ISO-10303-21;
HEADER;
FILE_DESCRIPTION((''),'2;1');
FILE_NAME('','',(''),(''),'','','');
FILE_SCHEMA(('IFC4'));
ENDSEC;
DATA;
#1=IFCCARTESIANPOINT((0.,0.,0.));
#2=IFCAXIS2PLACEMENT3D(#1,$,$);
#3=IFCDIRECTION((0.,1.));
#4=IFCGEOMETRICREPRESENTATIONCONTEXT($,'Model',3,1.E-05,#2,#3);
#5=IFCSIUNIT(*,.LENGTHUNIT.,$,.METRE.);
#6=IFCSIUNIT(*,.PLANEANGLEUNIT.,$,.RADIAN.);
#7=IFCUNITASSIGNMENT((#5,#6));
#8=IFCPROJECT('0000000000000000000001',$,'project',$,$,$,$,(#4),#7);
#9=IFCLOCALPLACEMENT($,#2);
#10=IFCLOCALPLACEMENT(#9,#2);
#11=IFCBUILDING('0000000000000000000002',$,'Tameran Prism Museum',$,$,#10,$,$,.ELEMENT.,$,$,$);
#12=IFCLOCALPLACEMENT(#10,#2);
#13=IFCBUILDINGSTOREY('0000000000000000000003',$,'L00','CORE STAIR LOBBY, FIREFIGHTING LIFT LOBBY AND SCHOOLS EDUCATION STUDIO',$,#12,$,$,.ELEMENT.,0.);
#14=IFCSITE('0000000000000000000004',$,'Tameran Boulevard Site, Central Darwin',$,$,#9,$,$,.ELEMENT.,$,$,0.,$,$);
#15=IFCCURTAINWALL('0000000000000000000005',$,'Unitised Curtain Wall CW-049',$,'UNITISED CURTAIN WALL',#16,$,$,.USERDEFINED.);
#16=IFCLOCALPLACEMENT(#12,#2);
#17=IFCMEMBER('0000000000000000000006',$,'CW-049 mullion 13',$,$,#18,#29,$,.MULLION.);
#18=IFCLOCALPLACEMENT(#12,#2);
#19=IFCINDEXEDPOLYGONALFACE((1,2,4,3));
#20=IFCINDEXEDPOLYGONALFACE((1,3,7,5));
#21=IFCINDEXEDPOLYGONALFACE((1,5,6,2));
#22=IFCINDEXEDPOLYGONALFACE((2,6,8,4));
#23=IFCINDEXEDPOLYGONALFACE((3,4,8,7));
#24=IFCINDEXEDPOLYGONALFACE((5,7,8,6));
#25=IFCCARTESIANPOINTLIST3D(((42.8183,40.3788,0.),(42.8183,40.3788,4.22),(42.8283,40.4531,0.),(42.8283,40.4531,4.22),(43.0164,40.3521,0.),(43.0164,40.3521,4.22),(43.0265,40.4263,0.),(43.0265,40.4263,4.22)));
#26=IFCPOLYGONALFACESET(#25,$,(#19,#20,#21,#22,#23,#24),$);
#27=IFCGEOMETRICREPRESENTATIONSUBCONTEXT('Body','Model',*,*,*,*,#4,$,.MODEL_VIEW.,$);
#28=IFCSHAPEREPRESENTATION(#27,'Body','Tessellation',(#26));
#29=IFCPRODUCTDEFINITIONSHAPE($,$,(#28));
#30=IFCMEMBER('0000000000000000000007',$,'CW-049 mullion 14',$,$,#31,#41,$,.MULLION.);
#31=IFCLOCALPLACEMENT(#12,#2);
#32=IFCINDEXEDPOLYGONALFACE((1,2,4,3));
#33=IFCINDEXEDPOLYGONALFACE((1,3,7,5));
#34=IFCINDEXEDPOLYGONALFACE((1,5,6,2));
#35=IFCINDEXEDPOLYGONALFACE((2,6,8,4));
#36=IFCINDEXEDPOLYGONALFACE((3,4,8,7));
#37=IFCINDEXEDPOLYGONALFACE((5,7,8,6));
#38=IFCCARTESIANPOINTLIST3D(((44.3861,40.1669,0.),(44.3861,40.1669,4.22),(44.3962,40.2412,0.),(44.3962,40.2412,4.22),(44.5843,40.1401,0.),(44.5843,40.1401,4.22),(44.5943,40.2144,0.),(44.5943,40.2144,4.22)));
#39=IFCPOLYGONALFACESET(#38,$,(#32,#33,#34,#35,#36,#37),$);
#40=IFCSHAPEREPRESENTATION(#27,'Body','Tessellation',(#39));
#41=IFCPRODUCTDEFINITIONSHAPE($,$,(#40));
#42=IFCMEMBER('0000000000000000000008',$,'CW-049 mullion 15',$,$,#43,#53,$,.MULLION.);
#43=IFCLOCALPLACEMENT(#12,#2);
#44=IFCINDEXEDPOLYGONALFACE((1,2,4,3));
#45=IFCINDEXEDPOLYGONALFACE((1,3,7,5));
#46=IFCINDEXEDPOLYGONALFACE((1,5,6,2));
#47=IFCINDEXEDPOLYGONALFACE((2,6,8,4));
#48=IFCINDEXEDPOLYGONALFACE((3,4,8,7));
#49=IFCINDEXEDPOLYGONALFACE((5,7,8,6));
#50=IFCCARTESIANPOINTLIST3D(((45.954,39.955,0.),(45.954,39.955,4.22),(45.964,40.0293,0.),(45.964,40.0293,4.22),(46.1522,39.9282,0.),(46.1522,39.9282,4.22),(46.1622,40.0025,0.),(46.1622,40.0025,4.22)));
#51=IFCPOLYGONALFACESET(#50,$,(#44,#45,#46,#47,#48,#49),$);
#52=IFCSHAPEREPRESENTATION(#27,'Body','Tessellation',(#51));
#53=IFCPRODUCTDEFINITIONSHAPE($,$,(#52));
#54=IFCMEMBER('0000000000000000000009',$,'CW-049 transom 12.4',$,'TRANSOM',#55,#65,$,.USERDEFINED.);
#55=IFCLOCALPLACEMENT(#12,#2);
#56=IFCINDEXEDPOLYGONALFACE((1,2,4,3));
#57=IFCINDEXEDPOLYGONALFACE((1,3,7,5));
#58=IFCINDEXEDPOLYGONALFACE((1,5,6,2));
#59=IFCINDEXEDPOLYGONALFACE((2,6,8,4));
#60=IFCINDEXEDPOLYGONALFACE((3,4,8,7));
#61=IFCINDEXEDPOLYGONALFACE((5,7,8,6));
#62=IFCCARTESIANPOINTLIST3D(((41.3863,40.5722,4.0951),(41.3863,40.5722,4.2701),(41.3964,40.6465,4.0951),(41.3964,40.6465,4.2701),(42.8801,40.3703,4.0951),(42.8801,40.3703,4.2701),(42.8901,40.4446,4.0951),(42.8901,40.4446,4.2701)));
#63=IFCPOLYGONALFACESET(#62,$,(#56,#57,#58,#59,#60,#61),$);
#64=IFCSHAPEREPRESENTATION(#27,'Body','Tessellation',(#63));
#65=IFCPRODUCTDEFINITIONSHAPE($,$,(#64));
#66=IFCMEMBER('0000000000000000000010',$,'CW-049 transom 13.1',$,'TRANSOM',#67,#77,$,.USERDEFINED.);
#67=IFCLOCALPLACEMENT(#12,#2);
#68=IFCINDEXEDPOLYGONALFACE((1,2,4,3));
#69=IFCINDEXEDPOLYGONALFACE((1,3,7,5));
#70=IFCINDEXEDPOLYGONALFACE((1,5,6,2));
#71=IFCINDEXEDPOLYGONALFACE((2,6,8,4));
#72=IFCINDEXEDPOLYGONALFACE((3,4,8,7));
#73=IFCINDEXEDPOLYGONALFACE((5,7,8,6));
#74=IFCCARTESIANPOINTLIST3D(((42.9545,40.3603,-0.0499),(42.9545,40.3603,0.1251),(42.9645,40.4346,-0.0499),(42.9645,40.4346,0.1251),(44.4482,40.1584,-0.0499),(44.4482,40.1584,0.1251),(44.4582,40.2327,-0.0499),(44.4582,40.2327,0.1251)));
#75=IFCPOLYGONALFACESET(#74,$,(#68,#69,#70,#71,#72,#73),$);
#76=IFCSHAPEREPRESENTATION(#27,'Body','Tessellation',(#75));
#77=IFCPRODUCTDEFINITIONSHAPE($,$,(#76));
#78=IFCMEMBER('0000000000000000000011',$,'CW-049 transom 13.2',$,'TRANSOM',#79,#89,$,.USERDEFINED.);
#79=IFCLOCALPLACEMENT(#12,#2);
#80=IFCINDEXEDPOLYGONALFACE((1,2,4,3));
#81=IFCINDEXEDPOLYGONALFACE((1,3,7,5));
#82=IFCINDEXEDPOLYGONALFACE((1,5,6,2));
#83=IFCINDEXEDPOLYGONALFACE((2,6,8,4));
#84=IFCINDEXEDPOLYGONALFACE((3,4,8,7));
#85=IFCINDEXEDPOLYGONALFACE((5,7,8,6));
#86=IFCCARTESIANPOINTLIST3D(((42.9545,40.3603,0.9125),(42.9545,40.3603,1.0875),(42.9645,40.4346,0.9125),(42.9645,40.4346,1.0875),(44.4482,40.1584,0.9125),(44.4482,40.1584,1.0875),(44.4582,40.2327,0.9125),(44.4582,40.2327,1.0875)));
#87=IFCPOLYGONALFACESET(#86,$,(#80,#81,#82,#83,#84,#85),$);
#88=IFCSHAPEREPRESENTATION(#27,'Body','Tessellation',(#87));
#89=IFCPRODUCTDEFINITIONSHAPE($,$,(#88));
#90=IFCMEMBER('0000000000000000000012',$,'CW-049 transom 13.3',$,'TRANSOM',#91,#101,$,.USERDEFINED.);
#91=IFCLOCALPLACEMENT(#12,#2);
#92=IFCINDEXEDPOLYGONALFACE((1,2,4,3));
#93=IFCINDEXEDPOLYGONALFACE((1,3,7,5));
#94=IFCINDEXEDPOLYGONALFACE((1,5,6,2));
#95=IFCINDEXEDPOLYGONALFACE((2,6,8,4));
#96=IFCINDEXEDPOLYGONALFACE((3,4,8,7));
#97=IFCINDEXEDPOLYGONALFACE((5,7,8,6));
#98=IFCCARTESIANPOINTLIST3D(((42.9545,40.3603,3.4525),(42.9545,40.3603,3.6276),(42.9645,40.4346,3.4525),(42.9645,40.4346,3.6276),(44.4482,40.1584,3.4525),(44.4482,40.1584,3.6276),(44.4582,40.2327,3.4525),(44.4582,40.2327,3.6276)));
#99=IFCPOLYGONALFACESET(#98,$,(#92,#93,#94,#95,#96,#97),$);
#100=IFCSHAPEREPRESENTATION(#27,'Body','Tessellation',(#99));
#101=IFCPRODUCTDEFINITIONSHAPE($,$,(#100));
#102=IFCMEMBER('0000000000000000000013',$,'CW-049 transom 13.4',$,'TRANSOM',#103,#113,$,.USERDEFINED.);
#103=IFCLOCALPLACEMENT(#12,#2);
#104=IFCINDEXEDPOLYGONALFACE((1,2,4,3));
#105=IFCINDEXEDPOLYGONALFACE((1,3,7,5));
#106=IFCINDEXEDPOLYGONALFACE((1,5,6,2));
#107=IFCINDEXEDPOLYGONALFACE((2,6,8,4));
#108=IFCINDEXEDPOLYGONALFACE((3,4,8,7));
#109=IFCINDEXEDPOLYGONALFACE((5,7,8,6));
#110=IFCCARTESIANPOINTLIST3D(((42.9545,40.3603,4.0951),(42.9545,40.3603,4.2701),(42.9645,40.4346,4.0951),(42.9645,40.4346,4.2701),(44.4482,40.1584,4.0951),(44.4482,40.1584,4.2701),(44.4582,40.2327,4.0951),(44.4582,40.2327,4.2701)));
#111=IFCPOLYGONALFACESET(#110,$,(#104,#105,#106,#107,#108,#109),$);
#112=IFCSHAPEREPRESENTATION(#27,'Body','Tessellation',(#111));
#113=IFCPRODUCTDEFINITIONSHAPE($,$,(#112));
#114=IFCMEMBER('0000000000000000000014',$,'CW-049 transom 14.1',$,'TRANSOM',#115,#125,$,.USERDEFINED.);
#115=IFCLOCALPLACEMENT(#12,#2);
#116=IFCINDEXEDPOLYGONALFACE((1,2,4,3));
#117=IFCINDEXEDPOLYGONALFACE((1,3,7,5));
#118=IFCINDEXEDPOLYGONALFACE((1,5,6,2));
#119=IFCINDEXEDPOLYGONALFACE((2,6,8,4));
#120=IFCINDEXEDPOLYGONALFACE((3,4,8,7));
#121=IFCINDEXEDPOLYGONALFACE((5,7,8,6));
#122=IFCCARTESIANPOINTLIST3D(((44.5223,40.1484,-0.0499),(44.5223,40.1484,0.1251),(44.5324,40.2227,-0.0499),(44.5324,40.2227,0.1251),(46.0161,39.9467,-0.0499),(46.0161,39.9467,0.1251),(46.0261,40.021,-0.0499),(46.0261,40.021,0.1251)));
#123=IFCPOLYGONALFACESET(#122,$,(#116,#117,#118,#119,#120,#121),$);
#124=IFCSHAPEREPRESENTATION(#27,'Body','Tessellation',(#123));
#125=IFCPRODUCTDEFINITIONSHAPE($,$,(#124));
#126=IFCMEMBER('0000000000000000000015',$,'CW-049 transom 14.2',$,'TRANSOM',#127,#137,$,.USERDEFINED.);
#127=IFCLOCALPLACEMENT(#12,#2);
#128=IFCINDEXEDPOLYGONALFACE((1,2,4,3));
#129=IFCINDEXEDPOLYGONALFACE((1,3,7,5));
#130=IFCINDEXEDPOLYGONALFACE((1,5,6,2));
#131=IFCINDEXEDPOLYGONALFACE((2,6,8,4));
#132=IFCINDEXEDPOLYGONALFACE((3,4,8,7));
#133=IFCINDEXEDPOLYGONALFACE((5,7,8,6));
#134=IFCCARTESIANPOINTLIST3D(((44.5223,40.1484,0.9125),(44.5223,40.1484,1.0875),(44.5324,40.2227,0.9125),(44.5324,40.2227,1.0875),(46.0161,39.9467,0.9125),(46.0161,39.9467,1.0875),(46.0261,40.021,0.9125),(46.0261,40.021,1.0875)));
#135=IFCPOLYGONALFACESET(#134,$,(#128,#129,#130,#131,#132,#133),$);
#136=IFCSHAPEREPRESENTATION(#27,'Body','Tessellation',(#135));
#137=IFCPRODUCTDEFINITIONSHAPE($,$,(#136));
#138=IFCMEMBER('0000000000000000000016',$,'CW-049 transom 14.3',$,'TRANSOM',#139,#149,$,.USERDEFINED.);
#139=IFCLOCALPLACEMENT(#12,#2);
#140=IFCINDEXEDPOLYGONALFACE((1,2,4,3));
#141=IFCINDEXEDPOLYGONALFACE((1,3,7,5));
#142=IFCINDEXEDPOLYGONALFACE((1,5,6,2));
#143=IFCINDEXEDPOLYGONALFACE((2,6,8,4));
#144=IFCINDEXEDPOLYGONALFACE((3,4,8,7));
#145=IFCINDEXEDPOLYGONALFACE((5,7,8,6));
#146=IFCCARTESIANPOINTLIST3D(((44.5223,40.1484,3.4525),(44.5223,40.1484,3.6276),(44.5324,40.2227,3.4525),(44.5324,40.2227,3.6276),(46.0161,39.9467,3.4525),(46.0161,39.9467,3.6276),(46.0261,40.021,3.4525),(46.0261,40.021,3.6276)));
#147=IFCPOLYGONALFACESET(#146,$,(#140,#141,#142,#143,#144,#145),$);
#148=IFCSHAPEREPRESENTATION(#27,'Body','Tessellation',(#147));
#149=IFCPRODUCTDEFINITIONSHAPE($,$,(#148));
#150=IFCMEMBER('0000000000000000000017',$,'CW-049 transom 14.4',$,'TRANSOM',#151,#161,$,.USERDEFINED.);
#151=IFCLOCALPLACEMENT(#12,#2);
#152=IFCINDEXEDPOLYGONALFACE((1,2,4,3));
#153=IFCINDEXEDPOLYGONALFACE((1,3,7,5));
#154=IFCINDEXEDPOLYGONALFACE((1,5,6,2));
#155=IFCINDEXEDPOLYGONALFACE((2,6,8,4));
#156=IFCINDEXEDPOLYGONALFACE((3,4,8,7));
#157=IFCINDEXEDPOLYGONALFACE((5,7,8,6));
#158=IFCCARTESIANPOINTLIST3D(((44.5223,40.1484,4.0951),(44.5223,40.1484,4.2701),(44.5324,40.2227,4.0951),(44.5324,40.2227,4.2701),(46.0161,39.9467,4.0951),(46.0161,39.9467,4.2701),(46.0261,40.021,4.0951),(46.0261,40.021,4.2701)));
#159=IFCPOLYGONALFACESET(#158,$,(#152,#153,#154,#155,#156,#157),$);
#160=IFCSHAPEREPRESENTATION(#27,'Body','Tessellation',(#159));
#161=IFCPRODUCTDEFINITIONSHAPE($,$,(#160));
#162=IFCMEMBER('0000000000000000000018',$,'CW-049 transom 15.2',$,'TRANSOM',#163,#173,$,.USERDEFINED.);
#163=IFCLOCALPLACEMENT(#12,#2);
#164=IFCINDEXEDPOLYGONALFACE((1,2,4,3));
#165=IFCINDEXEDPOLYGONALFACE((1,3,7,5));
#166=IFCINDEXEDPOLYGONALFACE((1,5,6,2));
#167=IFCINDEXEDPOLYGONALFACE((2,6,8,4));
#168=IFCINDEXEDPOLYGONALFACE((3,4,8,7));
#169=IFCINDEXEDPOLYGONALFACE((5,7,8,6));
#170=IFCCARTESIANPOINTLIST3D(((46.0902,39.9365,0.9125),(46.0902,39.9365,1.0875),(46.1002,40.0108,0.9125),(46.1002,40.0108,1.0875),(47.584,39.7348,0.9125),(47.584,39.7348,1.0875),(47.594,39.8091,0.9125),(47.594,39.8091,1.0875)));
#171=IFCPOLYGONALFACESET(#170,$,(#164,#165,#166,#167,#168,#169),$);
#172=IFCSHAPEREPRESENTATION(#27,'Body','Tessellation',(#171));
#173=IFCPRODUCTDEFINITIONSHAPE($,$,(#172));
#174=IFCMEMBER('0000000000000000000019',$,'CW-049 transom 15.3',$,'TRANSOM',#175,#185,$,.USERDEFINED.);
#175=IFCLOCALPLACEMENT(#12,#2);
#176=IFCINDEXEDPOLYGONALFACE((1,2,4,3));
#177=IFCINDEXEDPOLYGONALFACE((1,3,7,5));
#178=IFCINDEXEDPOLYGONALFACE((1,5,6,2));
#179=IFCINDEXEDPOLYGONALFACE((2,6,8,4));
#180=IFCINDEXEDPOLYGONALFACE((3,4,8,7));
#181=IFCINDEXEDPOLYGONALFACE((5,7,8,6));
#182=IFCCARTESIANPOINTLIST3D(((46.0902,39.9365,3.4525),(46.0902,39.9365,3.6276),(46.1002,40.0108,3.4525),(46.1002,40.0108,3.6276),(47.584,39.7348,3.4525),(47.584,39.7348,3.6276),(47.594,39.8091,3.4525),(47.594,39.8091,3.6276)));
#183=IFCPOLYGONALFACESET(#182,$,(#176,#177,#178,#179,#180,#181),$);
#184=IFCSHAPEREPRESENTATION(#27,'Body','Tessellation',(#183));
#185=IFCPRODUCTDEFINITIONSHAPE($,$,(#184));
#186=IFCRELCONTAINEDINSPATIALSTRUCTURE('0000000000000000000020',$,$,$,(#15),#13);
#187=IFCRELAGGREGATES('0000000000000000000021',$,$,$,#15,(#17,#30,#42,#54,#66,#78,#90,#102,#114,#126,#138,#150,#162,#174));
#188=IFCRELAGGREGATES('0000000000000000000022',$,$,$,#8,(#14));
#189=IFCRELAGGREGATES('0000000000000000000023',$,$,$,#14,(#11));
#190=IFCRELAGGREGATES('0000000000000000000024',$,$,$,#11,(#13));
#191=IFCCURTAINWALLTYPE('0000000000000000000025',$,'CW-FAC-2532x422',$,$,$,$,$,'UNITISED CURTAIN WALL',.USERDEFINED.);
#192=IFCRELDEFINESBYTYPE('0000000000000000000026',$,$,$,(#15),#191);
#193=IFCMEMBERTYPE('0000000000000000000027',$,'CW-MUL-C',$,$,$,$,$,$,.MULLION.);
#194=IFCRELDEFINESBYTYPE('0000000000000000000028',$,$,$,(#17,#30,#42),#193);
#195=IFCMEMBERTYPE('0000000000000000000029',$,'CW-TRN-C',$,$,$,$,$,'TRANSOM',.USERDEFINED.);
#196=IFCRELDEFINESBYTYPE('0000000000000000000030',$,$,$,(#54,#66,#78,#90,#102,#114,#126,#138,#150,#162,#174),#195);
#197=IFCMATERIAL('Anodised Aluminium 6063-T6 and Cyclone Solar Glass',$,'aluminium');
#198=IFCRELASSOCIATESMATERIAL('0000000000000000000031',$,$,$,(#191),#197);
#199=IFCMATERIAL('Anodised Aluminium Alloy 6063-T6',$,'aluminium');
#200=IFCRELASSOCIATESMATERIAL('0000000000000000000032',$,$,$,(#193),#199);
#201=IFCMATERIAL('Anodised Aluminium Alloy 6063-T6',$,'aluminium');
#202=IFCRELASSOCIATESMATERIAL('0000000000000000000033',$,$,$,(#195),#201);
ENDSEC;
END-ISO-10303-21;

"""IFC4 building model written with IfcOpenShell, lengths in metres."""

from ifc_helpers import new_model, si_unit, direction, frame, origin, origin_2d, place, context, subcontext, project, spatial, rectangle, extrude, material, material_profile, profile_set, type_object, element, aggregate, save


model = new_model("IFC4")

# Units and contexts
model_context = context("Model", 3, precision=1e-05, world=origin(), true_north=direction((0.0, 1.0)))
body_context = subcontext(model_context, "Body", "Model", "MODEL_VIEW")
ifc_project = project(units=[si_unit("LENGTHUNIT", "METRE"), si_unit("PLANEANGLEUNIT", "RADIAN")], contexts=[model_context])

# Site, building, storey
site_placement = place(None, origin())
site = spatial("IfcSite", under=ifc_project, at=site_placement, Name="Tameran Boulevard Site, Central Darwin", CompositionType="ELEMENT", RefElevation=0.0)
building_placement = place(site_placement, origin())
building = spatial("IfcBuilding", under=site, at=building_placement, Name="Tameran Prism Museum", CompositionType="ELEMENT")
storey_placement = place(building_placement, origin())
storey = spatial("IfcBuildingStorey", under=building, at=storey_placement, Name="L00", Description="CORE STAIR LOBBY, FIREFIGHTING LIFT LOBBY AND SCHOOLS EDUCATION STUDIO", CompositionType="ELEMENT", Elevation=0.0)

# Curtain wall, members
ifc_material_1 = material(Name="Anodised Aluminium 6063-T6 and Cyclone Solar Glass", Category="aluminium")
curtain_wall_type_1 = type_object("IfcCurtainWallType", Name="CW-FAC-2532x422", ElementType="UNITISED CURTAIN WALL", PredefinedType="USERDEFINED", material=ifc_material_1)
curtain_wall_1_placement = place(storey_placement, origin())
curtain_wall_1 = element("IfcCurtainWall", 1, at=curtain_wall_1_placement, inside=storey, type_object=curtain_wall_type_1, Name="Unitised Curtain Wall CW-049", ObjectType="UNITISED CURTAIN WALL", PredefinedType="USERDEFINED")
ifc_material_2 = material(Name="Anodised Aluminium Alloy 6063-T6", Category="aluminium")
ifc_material_profile_1 = material_profile(ifc_material_2, rectangle(XDim=0.075, YDim=0.2, at=origin_2d()))
ifc_profile_set_1 = profile_set([ifc_material_profile_1])
member_type_1 = type_object("IfcMemberType", Name="CW-MUL-C", PredefinedType="MULLION", material=ifc_profile_set_1)
member_1_placement = place(storey_placement, frame((42.9224, 40.4026, 0.0), z_axis=(0.0, 0.0, 1.0), x_axis=(0.133913, 0.990993, 0.0)))
member_1 = element("IfcMember", 2, at=member_1_placement, type_object=member_type_1, Name="CW-049 mullion 13", PredefinedType="MULLION", context=body_context, shape_type="SweptSolid", body=[
    extrude(rectangle(XDim=0.075, YDim=0.2, at=origin_2d()), origin(), (0.0, 0.0, 1.0), 4.22),
])
member_2_placement = place(storey_placement, frame((44.4902, 40.1907, 0.0), z_axis=(0.0, 0.0, 1.0), x_axis=(0.133913, 0.990993, 0.0)))
member_2 = element("IfcMember", 3, at=member_2_placement, type_object=member_type_1, Name="CW-049 mullion 14", PredefinedType="MULLION", context=body_context, shape_type="SweptSolid", body=[
    extrude(rectangle(XDim=0.075, YDim=0.2, at=origin_2d()), origin(), (0.0, 0.0, 1.0), 4.22),
])
member_3_placement = place(storey_placement, frame((46.0581, 39.9788, 0.0), z_axis=(0.0, 0.0, 1.0), x_axis=(0.133913, 0.990993, 0.0)))
member_3 = element("IfcMember", 4, at=member_3_placement, type_object=member_type_1, Name="CW-049 mullion 15", PredefinedType="MULLION", context=body_context, shape_type="SweptSolid", body=[
    extrude(rectangle(XDim=0.075, YDim=0.2, at=origin_2d()), origin(), (0.0, 0.0, 1.0), 4.22),
])
ifc_material_3 = material(Name="Anodised Aluminium Alloy 6063-T6", Category="aluminium")
ifc_material_profile_2 = material_profile(ifc_material_3, rectangle(XDim=0.075, YDim=0.175, at=origin_2d()))
ifc_profile_set_2 = profile_set([ifc_material_profile_2])
member_type_2 = type_object("IfcMemberType", Name="CW-TRN-C", ElementType="TRANSOM", PredefinedType="USERDEFINED", material=ifc_profile_set_2)
member_4_placement = place(storey_placement, frame((41.3914, 40.6094, 4.1826), z_axis=(0.990987, -0.133957, 0.0), x_axis=(0.133957, 0.990987, 0.0)))
member_4 = element("IfcMember", 5, at=member_4_placement, type_object=member_type_2, Name="CW-049 transom 12.4", ObjectType="TRANSOM", PredefinedType="USERDEFINED", context=body_context, shape_type="SweptSolid", body=[
    extrude(rectangle(XDim=0.075, YDim=0.175, at=origin_2d()), origin(), (0.0, 0.0, 1.0), 1.5073),
])
member_5_placement = place(storey_placement, frame((42.9595, 40.3975, 0.0376), z_axis=(0.990987, -0.133957, 0.0), x_axis=(0.133957, 0.990987, 0.0)))
member_5 = element("IfcMember", 6, at=member_5_placement, type_object=member_type_2, Name="CW-049 transom 13.1", ObjectType="TRANSOM", PredefinedType="USERDEFINED", context=body_context, shape_type="SweptSolid", body=[
    extrude(rectangle(XDim=0.075, YDim=0.175, at=origin_2d()), origin(), (0.0, 0.0, 1.0), 1.5073),
])
member_6_placement = place(storey_placement, frame((42.9595, 40.3975, 1.0), z_axis=(0.990987, -0.133957, 0.0), x_axis=(0.133957, 0.990987, 0.0)))
member_6 = element("IfcMember", 7, at=member_6_placement, type_object=member_type_2, Name="CW-049 transom 13.2", ObjectType="TRANSOM", PredefinedType="USERDEFINED", context=body_context, shape_type="SweptSolid", body=[
    extrude(rectangle(XDim=0.075, YDim=0.175, at=origin_2d()), origin(), (0.0, 0.0, 1.0), 1.5073),
])
member_7_placement = place(storey_placement, frame((42.9595, 40.3975, 3.54), z_axis=(0.990987, -0.133957, 0.0), x_axis=(0.133957, 0.990987, 0.0)))
member_7 = element("IfcMember", 8, at=member_7_placement, type_object=member_type_2, Name="CW-049 transom 13.3", ObjectType="TRANSOM", PredefinedType="USERDEFINED", context=body_context, shape_type="SweptSolid", body=[
    extrude(rectangle(XDim=0.075, YDim=0.175, at=origin_2d()), origin(), (0.0, 0.0, 1.0), 1.5073),
])
member_8_placement = place(storey_placement, frame((42.9595, 40.3975, 4.1826), z_axis=(0.990987, -0.133957, 0.0), x_axis=(0.133957, 0.990987, 0.0)))
member_8 = element("IfcMember", 9, at=member_8_placement, type_object=member_type_2, Name="CW-049 transom 13.4", ObjectType="TRANSOM", PredefinedType="USERDEFINED", context=body_context, shape_type="SweptSolid", body=[
    extrude(rectangle(XDim=0.075, YDim=0.175, at=origin_2d()), origin(), (0.0, 0.0, 1.0), 1.5073),
])
member_9_placement = place(storey_placement, frame((44.5273, 40.1855, 0.0376), z_axis=(0.991009, -0.133798, 0.0), x_axis=(0.133798, 0.991009, 0.0)))
member_9 = element("IfcMember", 10, at=member_9_placement, type_object=member_type_2, Name="CW-049 transom 14.1", ObjectType="TRANSOM", PredefinedType="USERDEFINED", context=body_context, shape_type="SweptSolid", body=[
    extrude(rectangle(XDim=0.075, YDim=0.175, at=origin_2d()), origin(), (0.0, 0.0, 1.0), 1.5073),
])
member_10_placement = place(storey_placement, frame((44.5273, 40.1855, 1.0), z_axis=(0.991009, -0.133798, 0.0), x_axis=(0.133798, 0.991009, 0.0)))
member_10 = element("IfcMember", 11, at=member_10_placement, type_object=member_type_2, Name="CW-049 transom 14.2", ObjectType="TRANSOM", PredefinedType="USERDEFINED", context=body_context, shape_type="SweptSolid", body=[
    extrude(rectangle(XDim=0.075, YDim=0.175, at=origin_2d()), origin(), (0.0, 0.0, 1.0), 1.5073),
])
member_11_placement = place(storey_placement, frame((44.5273, 40.1855, 3.54), z_axis=(0.991009, -0.133798, 0.0), x_axis=(0.133798, 0.991009, 0.0)))
member_11 = element("IfcMember", 12, at=member_11_placement, type_object=member_type_2, Name="CW-049 transom 14.3", ObjectType="TRANSOM", PredefinedType="USERDEFINED", context=body_context, shape_type="SweptSolid", body=[
    extrude(rectangle(XDim=0.075, YDim=0.175, at=origin_2d()), origin(), (0.0, 0.0, 1.0), 1.5073),
])
member_12_placement = place(storey_placement, frame((44.5273, 40.1855, 4.1826), z_axis=(0.991009, -0.133798, 0.0), x_axis=(0.133798, 0.991009, 0.0)))
member_12 = element("IfcMember", 13, at=member_12_placement, type_object=member_type_2, Name="CW-049 transom 14.4", ObjectType="TRANSOM", PredefinedType="USERDEFINED", context=body_context, shape_type="SweptSolid", body=[
    extrude(rectangle(XDim=0.075, YDim=0.175, at=origin_2d()), origin(), (0.0, 0.0, 1.0), 1.5073),
])
member_13_placement = place(storey_placement, frame((46.0952, 39.9736, 1.0), z_axis=(0.991009, -0.133798, 0.0), x_axis=(0.133798, 0.991009, 0.0)))
member_13 = element("IfcMember", 14, at=member_13_placement, type_object=member_type_2, Name="CW-049 transom 15.2", ObjectType="TRANSOM", PredefinedType="USERDEFINED", context=body_context, shape_type="SweptSolid", body=[
    extrude(rectangle(XDim=0.075, YDim=0.175, at=origin_2d()), origin(), (0.0, 0.0, 1.0), 1.5073),
])
member_14_placement = place(storey_placement, frame((46.0952, 39.9736, 3.54), z_axis=(0.991009, -0.133798, 0.0), x_axis=(0.133798, 0.991009, 0.0)))
member_14 = element("IfcMember", 15, at=member_14_placement, type_object=member_type_2, Name="CW-049 transom 15.3", ObjectType="TRANSOM", PredefinedType="USERDEFINED", context=body_context, shape_type="SweptSolid", body=[
    extrude(rectangle(XDim=0.075, YDim=0.175, at=origin_2d()), origin(), (0.0, 0.0, 1.0), 1.5073),
])

aggregate(curtain_wall_1, [member_1, member_2, member_3, member_4, member_5, member_6, member_7, member_8, member_9, member_10, member_11, member_12, member_13, member_14])

save(model, "model.ifc")
